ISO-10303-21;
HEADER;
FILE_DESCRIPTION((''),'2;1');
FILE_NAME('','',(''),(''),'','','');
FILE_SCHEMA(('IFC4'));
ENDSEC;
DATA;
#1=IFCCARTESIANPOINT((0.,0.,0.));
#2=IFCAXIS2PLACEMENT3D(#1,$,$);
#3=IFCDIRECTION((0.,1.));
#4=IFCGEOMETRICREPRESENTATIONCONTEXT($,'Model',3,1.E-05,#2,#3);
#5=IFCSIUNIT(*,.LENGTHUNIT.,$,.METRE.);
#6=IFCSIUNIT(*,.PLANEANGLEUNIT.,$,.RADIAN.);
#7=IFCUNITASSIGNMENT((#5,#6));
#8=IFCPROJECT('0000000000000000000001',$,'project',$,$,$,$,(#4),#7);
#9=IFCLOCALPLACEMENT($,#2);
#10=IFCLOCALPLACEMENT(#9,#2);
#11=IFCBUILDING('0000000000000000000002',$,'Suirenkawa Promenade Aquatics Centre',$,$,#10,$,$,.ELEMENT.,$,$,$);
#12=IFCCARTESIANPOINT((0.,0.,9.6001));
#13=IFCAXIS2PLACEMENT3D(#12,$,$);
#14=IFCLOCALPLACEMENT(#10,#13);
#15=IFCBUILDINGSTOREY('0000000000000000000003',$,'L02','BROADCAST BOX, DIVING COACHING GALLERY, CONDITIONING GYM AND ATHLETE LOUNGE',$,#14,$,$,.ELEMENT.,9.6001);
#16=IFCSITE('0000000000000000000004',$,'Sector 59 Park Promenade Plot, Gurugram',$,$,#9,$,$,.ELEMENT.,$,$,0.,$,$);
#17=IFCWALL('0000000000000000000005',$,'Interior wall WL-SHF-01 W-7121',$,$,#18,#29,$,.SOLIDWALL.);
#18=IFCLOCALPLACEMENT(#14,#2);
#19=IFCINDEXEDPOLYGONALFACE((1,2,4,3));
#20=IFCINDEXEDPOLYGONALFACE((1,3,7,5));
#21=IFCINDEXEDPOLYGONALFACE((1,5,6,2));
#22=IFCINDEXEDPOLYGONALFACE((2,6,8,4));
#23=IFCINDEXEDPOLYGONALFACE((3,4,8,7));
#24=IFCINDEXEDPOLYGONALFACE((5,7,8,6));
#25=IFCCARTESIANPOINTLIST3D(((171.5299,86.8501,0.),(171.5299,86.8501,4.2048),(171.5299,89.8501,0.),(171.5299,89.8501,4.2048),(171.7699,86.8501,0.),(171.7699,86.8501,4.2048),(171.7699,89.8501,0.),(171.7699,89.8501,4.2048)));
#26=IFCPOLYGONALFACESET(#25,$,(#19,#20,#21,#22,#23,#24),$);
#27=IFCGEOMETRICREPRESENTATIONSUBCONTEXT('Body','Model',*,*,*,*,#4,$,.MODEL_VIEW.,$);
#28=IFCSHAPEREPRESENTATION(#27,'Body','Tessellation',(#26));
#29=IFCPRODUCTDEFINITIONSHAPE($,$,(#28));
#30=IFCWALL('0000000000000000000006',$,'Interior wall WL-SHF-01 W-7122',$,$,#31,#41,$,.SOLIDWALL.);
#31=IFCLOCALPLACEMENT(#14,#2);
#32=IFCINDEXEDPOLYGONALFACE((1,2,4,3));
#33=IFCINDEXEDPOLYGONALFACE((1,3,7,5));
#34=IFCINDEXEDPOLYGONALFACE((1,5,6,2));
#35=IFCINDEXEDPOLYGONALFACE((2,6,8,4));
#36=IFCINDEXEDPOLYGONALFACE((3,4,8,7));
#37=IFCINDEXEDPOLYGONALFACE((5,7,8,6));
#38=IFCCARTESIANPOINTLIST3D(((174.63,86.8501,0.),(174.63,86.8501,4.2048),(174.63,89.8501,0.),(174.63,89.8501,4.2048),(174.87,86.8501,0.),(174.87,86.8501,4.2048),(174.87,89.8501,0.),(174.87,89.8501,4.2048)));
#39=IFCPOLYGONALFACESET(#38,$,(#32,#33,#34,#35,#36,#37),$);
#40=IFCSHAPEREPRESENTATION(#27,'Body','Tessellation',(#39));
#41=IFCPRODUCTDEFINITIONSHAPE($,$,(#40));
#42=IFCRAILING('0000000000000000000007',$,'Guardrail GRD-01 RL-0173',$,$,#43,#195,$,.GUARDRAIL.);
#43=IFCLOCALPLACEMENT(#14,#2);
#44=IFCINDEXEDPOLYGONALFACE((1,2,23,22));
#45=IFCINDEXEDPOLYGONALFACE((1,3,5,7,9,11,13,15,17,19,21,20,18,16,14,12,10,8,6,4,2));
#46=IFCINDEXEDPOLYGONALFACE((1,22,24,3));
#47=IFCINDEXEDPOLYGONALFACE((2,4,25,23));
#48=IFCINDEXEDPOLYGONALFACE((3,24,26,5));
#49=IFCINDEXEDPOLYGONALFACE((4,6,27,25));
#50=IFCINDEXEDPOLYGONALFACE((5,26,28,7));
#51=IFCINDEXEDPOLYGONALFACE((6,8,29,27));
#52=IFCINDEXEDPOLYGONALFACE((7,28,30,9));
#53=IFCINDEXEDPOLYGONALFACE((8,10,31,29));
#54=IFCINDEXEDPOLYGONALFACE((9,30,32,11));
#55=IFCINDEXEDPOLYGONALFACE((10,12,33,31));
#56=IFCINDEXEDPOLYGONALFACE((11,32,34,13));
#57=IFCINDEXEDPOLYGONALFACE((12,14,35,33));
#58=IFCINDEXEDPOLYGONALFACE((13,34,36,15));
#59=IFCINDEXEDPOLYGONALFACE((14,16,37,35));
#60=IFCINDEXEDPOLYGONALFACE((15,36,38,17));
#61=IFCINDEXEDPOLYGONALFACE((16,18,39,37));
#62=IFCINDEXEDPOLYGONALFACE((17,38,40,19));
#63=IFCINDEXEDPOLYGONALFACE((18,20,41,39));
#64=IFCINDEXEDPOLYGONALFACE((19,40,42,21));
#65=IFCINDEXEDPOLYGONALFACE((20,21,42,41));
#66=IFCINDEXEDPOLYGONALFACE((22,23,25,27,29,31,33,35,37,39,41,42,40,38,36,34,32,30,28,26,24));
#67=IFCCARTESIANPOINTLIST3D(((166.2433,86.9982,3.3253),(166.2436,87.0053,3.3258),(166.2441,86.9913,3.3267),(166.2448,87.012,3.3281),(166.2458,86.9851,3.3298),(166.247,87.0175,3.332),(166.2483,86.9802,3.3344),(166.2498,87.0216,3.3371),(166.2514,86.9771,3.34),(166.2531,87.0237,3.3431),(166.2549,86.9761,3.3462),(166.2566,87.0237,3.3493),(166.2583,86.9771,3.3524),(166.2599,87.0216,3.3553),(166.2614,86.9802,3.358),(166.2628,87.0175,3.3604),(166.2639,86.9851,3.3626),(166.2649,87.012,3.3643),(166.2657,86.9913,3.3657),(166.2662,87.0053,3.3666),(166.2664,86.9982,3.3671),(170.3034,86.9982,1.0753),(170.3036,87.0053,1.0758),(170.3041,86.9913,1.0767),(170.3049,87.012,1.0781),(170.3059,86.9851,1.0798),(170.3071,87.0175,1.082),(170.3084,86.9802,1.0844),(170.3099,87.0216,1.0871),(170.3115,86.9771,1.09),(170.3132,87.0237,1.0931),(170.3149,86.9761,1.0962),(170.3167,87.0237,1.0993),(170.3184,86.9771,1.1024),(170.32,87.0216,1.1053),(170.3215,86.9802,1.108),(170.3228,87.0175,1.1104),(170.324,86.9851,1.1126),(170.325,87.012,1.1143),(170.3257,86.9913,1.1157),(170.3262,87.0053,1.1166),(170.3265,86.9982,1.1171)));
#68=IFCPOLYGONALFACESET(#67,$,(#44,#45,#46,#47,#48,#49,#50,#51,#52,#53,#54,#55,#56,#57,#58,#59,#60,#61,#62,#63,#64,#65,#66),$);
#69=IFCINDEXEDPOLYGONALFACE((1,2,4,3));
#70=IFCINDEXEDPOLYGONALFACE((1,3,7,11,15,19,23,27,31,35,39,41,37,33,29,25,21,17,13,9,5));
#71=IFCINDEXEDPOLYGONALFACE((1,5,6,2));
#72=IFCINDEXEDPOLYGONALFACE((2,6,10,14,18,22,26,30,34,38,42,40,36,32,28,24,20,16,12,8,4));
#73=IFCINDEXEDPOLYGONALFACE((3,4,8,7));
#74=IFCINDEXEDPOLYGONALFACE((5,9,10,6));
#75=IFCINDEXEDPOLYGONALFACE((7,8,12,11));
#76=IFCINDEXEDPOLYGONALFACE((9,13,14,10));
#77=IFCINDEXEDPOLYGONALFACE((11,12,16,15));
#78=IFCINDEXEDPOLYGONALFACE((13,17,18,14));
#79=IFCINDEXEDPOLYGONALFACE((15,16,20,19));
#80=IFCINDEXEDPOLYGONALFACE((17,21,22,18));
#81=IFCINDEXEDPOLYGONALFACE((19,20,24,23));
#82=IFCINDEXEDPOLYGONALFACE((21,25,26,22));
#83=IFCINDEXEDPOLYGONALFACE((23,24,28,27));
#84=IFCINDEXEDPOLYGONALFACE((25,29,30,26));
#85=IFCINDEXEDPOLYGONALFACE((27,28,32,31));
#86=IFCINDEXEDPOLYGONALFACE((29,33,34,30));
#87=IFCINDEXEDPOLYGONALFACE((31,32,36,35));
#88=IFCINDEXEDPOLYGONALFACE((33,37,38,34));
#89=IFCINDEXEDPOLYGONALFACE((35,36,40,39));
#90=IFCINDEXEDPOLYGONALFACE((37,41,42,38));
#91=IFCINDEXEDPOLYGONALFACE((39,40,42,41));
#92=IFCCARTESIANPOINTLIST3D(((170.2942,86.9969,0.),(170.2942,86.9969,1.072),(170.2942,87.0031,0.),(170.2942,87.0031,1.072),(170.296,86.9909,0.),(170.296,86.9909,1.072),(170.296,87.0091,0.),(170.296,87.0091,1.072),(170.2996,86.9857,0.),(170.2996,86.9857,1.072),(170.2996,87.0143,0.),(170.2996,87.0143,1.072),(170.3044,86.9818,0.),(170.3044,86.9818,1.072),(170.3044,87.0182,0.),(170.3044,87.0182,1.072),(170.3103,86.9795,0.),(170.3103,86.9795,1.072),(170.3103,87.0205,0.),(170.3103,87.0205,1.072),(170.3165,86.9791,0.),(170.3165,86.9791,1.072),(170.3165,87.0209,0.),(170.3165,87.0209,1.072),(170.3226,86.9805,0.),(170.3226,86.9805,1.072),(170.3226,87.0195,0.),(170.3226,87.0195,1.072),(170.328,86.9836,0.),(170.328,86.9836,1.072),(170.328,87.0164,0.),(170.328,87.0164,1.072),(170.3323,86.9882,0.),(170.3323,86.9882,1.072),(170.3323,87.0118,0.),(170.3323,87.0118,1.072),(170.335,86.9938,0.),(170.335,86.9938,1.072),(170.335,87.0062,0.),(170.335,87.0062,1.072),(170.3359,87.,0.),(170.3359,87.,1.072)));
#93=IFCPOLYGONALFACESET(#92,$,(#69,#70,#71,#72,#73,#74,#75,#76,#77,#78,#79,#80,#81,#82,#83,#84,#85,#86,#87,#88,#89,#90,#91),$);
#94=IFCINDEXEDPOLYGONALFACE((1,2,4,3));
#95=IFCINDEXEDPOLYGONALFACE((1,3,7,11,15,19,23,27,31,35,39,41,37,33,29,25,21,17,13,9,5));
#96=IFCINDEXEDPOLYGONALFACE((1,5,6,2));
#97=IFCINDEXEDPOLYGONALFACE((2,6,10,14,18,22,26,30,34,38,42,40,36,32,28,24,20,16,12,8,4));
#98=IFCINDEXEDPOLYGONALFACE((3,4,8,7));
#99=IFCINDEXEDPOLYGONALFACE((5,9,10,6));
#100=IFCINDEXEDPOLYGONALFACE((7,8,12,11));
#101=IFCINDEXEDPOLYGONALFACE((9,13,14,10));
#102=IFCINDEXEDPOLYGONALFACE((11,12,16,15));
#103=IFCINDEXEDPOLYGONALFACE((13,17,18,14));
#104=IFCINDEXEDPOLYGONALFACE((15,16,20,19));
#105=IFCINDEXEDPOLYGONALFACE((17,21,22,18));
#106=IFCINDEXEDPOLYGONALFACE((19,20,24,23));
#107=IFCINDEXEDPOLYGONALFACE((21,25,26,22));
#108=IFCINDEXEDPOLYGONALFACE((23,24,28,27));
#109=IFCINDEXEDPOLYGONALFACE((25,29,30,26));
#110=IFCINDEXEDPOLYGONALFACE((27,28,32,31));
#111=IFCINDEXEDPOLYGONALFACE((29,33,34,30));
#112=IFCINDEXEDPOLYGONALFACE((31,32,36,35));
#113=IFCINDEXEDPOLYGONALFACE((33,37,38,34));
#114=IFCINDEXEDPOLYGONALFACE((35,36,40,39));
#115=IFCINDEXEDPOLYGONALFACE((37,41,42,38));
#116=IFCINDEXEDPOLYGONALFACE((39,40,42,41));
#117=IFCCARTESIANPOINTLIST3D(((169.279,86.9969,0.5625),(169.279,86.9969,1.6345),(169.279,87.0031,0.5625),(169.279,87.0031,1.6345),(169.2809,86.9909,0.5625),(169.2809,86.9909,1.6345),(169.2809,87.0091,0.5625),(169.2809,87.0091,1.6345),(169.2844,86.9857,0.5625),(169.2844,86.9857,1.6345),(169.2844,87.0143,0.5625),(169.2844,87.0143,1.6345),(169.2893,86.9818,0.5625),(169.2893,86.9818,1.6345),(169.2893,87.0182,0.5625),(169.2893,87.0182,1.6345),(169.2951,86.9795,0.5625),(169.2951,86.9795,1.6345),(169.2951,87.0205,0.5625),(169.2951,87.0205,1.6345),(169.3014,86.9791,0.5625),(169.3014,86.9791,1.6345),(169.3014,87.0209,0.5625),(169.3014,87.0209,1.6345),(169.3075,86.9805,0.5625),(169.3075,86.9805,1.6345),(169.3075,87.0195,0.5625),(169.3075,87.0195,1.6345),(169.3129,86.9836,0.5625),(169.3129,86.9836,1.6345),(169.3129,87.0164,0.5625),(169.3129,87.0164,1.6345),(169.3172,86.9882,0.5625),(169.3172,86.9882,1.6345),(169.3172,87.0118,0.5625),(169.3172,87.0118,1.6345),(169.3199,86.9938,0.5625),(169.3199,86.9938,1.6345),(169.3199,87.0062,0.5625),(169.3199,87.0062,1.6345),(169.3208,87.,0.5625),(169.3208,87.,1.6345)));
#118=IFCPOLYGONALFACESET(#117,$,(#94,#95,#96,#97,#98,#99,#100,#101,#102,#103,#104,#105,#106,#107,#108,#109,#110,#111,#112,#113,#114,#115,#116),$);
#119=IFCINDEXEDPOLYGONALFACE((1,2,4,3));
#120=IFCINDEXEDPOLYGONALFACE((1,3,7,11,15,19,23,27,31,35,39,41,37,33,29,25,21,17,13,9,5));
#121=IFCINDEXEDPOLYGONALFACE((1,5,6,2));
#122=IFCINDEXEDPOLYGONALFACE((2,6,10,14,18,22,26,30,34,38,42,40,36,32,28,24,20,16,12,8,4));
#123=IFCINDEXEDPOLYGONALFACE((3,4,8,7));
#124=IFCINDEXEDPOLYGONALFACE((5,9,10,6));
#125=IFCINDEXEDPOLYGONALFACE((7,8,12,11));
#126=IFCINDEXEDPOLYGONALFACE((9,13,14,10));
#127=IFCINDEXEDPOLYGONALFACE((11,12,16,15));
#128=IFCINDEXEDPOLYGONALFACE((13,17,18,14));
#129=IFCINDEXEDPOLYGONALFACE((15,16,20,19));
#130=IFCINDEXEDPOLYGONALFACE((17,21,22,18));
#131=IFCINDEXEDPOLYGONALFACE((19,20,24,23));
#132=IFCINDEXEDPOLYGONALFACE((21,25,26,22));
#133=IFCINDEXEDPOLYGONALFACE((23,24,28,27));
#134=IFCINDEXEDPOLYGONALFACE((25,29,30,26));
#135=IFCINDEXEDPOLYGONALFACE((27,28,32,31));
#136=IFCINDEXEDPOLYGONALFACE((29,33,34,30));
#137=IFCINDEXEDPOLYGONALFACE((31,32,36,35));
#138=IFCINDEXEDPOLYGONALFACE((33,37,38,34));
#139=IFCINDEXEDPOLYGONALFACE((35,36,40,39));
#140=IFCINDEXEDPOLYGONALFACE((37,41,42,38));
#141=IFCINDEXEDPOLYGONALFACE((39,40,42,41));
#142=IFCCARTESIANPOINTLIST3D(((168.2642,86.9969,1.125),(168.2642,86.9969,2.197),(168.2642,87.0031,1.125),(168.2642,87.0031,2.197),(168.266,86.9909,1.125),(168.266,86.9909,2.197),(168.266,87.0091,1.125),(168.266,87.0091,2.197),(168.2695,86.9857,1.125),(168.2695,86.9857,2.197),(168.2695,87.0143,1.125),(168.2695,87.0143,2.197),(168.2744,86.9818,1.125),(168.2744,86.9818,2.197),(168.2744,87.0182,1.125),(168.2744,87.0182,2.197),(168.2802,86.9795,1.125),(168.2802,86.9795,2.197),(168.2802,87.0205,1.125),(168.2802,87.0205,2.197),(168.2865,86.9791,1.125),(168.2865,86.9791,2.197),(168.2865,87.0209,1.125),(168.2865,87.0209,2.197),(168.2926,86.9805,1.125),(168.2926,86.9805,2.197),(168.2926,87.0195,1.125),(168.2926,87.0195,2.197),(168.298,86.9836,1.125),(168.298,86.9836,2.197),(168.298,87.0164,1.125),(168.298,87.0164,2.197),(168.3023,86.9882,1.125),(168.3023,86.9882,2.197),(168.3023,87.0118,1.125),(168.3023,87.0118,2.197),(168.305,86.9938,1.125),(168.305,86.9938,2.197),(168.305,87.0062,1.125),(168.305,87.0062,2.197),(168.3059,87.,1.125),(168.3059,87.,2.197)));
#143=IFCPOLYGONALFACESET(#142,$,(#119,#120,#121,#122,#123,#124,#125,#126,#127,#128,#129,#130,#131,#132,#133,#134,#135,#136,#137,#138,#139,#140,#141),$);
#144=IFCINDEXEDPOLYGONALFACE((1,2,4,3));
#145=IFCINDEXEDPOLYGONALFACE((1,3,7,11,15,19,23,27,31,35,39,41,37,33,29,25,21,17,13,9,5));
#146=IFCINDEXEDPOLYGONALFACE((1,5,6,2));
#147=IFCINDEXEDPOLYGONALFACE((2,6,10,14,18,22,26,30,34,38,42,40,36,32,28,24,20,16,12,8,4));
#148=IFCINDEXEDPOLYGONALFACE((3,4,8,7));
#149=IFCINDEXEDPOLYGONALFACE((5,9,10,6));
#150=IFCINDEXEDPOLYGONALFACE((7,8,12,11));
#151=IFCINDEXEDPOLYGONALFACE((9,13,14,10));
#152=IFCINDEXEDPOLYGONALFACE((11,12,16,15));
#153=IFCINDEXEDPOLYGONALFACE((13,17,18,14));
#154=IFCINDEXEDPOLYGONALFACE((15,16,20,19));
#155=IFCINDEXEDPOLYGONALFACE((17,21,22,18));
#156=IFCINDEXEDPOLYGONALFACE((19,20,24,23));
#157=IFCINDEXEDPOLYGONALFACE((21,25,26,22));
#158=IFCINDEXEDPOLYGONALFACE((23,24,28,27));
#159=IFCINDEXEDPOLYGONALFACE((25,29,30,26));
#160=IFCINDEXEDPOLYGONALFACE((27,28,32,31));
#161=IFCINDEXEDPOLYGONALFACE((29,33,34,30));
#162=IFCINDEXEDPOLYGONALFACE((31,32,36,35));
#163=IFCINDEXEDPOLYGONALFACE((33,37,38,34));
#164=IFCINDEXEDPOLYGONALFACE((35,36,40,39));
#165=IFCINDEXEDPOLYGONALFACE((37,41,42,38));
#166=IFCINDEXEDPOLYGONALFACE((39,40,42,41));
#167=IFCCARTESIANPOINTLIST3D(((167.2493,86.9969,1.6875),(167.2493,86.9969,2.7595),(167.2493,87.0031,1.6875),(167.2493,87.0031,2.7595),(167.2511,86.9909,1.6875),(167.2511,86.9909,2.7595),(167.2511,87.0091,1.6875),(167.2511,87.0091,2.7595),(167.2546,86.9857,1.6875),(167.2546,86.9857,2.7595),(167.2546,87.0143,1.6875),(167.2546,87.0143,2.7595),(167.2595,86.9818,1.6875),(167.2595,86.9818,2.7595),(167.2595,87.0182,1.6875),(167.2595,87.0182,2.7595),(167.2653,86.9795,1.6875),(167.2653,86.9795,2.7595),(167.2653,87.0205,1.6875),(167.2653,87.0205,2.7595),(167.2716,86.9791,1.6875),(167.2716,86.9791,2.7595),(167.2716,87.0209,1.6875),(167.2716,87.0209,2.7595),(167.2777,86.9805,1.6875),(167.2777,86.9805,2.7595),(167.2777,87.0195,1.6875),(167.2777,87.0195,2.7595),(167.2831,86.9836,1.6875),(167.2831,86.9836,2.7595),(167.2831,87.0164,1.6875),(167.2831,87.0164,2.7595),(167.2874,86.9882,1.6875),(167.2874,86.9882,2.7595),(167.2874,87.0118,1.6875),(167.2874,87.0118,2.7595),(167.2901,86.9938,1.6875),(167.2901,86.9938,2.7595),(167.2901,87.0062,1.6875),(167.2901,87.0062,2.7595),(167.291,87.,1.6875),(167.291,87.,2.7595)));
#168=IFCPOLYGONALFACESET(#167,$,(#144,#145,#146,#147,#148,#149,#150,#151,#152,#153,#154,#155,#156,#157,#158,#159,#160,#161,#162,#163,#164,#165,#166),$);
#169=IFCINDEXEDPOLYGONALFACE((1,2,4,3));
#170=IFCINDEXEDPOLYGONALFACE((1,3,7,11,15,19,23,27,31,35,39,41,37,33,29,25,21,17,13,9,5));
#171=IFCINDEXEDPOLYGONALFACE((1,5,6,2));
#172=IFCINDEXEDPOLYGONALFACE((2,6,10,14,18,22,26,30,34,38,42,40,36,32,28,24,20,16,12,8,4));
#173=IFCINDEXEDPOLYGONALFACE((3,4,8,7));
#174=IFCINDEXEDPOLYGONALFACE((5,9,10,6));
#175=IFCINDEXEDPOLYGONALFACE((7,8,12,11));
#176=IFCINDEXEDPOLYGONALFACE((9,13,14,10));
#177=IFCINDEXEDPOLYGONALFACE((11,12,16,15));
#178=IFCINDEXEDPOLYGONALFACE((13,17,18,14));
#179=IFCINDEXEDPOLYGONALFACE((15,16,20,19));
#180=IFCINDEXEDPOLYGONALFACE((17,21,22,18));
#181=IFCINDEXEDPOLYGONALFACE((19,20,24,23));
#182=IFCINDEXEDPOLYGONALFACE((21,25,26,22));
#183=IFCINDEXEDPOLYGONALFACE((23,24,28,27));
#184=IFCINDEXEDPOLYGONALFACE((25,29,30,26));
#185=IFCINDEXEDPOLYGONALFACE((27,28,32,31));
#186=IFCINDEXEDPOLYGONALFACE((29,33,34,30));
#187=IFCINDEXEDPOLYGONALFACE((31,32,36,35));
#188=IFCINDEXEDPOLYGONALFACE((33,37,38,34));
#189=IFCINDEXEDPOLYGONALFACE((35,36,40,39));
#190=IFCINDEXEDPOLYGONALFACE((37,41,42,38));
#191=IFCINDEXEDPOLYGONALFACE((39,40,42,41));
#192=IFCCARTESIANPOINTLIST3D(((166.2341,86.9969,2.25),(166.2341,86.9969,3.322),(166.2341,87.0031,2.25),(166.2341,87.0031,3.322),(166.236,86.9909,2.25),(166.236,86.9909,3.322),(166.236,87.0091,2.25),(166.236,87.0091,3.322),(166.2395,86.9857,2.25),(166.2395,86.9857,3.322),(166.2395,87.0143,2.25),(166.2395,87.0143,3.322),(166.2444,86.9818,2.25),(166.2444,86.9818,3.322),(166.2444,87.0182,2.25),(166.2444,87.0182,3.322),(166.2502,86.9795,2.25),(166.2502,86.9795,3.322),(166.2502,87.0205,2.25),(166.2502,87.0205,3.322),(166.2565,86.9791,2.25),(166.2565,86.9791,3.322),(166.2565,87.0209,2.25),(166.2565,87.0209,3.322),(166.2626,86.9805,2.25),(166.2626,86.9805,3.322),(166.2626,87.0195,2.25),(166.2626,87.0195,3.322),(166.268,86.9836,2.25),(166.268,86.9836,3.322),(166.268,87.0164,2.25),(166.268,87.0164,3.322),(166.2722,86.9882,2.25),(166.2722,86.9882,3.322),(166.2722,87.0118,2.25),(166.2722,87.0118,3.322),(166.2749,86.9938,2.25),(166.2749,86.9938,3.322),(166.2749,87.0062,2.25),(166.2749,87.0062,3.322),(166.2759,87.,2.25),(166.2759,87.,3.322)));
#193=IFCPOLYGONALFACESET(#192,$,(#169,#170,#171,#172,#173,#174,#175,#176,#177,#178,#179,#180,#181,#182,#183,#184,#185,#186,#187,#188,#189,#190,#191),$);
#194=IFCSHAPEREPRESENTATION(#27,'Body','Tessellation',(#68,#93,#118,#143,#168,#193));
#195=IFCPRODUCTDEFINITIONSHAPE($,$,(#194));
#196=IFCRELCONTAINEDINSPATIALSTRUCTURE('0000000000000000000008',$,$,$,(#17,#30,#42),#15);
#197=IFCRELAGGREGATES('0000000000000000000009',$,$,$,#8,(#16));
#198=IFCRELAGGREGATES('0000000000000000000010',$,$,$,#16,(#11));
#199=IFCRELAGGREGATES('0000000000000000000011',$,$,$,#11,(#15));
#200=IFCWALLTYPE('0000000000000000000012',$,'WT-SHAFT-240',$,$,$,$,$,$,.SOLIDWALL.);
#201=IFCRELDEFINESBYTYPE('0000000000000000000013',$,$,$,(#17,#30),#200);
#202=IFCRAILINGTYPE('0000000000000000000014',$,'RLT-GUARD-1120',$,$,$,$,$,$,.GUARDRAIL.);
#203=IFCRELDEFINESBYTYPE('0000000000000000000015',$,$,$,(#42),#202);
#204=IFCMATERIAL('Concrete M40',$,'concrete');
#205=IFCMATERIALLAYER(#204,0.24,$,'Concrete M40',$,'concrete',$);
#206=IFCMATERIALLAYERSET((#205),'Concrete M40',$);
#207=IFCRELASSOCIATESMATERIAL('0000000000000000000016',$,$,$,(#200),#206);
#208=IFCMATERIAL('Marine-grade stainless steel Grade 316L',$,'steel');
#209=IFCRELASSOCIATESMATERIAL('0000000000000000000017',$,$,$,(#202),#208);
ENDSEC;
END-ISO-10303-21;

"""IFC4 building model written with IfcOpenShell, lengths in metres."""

from ifc_helpers import new_model, si_unit, direction, frame, frame_2d, origin, origin_2d, place, context, subcontext, project, spatial, rectangle, circle, extrude, material, layer, layer_set, type_object, element, save


model = new_model("IFC4")

# Units and contexts
model_context = context("Model", 3, precision=1e-05, world=origin(), true_north=direction((0.0, 1.0)))
body_context = subcontext(model_context, "Body", "Model", "MODEL_VIEW")
ifc_project = project(units=[si_unit("LENGTHUNIT", "METRE"), si_unit("PLANEANGLEUNIT", "RADIAN")], contexts=[model_context])

# Site, building, storey
site_placement = place(None, origin())
site = spatial("IfcSite", under=ifc_project, at=site_placement, Name="Sector 59 Park Promenade Plot, Gurugram", CompositionType="ELEMENT", RefElevation=0.0)
building_placement = place(site_placement, origin())
building = spatial("IfcBuilding", under=site, at=building_placement, Name="Suirenkawa Promenade Aquatics Centre", CompositionType="ELEMENT")
storey_placement = place(building_placement, frame((0.0, 0.0, 9.6001)))
storey = spatial("IfcBuildingStorey", under=building, at=storey_placement, Name="L02", Description="BROADCAST BOX, DIVING COACHING GALLERY, CONDITIONING GYM AND ATHLETE LOUNGE", CompositionType="ELEMENT", Elevation=9.6001)

# Shared definitions
ifc_material_1 = material(Name="Concrete M40", Category="concrete")

# Walls
ifc_layer_1 = layer(ifc_material_1, 0.24, Name="Concrete M40", Category="concrete")
ifc_layer_set_1 = layer_set([ifc_layer_1], Name="Concrete M40")
wall_type_1 = type_object("IfcWallType", Name="WT-SHAFT-240", PredefinedType="SOLIDWALL", material=ifc_layer_set_1)
for number, where, z_axis, x_axis, name in (
    (1, (171.6499, 86.8501, 0.0), (0.0, 0.0, 1.0), (0.0, 1.0, 0.0), "Interior wall WL-SHF-01 W-7121"),
    (2, (174.75, 86.8501, 0.0), (0.0, 0.0, 1.0), (0.0, 1.0, 0.0), "Interior wall WL-SHF-01 W-7122"),
):
    element("IfcWall", number, at=place(storey_placement, frame(where, z_axis=z_axis, x_axis=x_axis)), inside=storey, type_object=wall_type_1, Name=name, PredefinedType="SOLIDWALL", context=body_context, shape_type="SweptSolid", body=[
        extrude(rectangle(XDim=3.0, YDim=0.24, at=frame_2d((1.5, 0.0))), origin(), (0.0, 0.0, 1.0), 4.2048),
    ])

# Railing
ifc_material_2 = material(Name="Marine-grade stainless steel Grade 316L", Category="steel")
railing_type_1 = type_object("IfcRailingType", Name="RLT-GUARD-1120", PredefinedType="GUARDRAIL", material=ifc_material_2)
railing_1_placement = place(storey_placement, frame((170.3149, 87.0, 0.0)))
element("IfcRailing", 3, at=railing_1_placement, inside=storey, type_object=railing_type_1, Name="Guardrail GRD-01 RL-0173", PredefinedType="GUARDRAIL", context=body_context, shape_type="SweptSolid", body=[
    extrude(circle(Radius=0.0239, at=origin_2d()), frame((0.0, 0.0, 1.0962), z_axis=(-0.874668, 0.0, 0.484723), x_axis=(0.0, -1.0, 0.0)), (0.0, 0.0, 1.0), 4.6418),
    extrude(circle(Radius=0.021, at=origin_2d()), origin(), (0.0, 0.0, 1.0), 1.072),
    extrude(circle(Radius=0.021, at=origin_2d()), frame((-1.0151, 0.0, 0.5625)), (0.0, 0.0, 1.0), 1.072),
    extrude(circle(Radius=0.021, at=origin_2d()), frame((-2.03, 0.0, 1.125)), (0.0, 0.0, 1.0), 1.072),
    extrude(circle(Radius=0.021, at=origin_2d()), frame((-3.0449, 0.0, 1.6875)), (0.0, 0.0, 1.0), 1.072),
    extrude(circle(Radius=0.021, at=origin_2d()), frame((-4.0601, 0.0, 2.25)), (0.0, 0.0, 1.0), 1.072),
])

save(model, "model.ifc")
